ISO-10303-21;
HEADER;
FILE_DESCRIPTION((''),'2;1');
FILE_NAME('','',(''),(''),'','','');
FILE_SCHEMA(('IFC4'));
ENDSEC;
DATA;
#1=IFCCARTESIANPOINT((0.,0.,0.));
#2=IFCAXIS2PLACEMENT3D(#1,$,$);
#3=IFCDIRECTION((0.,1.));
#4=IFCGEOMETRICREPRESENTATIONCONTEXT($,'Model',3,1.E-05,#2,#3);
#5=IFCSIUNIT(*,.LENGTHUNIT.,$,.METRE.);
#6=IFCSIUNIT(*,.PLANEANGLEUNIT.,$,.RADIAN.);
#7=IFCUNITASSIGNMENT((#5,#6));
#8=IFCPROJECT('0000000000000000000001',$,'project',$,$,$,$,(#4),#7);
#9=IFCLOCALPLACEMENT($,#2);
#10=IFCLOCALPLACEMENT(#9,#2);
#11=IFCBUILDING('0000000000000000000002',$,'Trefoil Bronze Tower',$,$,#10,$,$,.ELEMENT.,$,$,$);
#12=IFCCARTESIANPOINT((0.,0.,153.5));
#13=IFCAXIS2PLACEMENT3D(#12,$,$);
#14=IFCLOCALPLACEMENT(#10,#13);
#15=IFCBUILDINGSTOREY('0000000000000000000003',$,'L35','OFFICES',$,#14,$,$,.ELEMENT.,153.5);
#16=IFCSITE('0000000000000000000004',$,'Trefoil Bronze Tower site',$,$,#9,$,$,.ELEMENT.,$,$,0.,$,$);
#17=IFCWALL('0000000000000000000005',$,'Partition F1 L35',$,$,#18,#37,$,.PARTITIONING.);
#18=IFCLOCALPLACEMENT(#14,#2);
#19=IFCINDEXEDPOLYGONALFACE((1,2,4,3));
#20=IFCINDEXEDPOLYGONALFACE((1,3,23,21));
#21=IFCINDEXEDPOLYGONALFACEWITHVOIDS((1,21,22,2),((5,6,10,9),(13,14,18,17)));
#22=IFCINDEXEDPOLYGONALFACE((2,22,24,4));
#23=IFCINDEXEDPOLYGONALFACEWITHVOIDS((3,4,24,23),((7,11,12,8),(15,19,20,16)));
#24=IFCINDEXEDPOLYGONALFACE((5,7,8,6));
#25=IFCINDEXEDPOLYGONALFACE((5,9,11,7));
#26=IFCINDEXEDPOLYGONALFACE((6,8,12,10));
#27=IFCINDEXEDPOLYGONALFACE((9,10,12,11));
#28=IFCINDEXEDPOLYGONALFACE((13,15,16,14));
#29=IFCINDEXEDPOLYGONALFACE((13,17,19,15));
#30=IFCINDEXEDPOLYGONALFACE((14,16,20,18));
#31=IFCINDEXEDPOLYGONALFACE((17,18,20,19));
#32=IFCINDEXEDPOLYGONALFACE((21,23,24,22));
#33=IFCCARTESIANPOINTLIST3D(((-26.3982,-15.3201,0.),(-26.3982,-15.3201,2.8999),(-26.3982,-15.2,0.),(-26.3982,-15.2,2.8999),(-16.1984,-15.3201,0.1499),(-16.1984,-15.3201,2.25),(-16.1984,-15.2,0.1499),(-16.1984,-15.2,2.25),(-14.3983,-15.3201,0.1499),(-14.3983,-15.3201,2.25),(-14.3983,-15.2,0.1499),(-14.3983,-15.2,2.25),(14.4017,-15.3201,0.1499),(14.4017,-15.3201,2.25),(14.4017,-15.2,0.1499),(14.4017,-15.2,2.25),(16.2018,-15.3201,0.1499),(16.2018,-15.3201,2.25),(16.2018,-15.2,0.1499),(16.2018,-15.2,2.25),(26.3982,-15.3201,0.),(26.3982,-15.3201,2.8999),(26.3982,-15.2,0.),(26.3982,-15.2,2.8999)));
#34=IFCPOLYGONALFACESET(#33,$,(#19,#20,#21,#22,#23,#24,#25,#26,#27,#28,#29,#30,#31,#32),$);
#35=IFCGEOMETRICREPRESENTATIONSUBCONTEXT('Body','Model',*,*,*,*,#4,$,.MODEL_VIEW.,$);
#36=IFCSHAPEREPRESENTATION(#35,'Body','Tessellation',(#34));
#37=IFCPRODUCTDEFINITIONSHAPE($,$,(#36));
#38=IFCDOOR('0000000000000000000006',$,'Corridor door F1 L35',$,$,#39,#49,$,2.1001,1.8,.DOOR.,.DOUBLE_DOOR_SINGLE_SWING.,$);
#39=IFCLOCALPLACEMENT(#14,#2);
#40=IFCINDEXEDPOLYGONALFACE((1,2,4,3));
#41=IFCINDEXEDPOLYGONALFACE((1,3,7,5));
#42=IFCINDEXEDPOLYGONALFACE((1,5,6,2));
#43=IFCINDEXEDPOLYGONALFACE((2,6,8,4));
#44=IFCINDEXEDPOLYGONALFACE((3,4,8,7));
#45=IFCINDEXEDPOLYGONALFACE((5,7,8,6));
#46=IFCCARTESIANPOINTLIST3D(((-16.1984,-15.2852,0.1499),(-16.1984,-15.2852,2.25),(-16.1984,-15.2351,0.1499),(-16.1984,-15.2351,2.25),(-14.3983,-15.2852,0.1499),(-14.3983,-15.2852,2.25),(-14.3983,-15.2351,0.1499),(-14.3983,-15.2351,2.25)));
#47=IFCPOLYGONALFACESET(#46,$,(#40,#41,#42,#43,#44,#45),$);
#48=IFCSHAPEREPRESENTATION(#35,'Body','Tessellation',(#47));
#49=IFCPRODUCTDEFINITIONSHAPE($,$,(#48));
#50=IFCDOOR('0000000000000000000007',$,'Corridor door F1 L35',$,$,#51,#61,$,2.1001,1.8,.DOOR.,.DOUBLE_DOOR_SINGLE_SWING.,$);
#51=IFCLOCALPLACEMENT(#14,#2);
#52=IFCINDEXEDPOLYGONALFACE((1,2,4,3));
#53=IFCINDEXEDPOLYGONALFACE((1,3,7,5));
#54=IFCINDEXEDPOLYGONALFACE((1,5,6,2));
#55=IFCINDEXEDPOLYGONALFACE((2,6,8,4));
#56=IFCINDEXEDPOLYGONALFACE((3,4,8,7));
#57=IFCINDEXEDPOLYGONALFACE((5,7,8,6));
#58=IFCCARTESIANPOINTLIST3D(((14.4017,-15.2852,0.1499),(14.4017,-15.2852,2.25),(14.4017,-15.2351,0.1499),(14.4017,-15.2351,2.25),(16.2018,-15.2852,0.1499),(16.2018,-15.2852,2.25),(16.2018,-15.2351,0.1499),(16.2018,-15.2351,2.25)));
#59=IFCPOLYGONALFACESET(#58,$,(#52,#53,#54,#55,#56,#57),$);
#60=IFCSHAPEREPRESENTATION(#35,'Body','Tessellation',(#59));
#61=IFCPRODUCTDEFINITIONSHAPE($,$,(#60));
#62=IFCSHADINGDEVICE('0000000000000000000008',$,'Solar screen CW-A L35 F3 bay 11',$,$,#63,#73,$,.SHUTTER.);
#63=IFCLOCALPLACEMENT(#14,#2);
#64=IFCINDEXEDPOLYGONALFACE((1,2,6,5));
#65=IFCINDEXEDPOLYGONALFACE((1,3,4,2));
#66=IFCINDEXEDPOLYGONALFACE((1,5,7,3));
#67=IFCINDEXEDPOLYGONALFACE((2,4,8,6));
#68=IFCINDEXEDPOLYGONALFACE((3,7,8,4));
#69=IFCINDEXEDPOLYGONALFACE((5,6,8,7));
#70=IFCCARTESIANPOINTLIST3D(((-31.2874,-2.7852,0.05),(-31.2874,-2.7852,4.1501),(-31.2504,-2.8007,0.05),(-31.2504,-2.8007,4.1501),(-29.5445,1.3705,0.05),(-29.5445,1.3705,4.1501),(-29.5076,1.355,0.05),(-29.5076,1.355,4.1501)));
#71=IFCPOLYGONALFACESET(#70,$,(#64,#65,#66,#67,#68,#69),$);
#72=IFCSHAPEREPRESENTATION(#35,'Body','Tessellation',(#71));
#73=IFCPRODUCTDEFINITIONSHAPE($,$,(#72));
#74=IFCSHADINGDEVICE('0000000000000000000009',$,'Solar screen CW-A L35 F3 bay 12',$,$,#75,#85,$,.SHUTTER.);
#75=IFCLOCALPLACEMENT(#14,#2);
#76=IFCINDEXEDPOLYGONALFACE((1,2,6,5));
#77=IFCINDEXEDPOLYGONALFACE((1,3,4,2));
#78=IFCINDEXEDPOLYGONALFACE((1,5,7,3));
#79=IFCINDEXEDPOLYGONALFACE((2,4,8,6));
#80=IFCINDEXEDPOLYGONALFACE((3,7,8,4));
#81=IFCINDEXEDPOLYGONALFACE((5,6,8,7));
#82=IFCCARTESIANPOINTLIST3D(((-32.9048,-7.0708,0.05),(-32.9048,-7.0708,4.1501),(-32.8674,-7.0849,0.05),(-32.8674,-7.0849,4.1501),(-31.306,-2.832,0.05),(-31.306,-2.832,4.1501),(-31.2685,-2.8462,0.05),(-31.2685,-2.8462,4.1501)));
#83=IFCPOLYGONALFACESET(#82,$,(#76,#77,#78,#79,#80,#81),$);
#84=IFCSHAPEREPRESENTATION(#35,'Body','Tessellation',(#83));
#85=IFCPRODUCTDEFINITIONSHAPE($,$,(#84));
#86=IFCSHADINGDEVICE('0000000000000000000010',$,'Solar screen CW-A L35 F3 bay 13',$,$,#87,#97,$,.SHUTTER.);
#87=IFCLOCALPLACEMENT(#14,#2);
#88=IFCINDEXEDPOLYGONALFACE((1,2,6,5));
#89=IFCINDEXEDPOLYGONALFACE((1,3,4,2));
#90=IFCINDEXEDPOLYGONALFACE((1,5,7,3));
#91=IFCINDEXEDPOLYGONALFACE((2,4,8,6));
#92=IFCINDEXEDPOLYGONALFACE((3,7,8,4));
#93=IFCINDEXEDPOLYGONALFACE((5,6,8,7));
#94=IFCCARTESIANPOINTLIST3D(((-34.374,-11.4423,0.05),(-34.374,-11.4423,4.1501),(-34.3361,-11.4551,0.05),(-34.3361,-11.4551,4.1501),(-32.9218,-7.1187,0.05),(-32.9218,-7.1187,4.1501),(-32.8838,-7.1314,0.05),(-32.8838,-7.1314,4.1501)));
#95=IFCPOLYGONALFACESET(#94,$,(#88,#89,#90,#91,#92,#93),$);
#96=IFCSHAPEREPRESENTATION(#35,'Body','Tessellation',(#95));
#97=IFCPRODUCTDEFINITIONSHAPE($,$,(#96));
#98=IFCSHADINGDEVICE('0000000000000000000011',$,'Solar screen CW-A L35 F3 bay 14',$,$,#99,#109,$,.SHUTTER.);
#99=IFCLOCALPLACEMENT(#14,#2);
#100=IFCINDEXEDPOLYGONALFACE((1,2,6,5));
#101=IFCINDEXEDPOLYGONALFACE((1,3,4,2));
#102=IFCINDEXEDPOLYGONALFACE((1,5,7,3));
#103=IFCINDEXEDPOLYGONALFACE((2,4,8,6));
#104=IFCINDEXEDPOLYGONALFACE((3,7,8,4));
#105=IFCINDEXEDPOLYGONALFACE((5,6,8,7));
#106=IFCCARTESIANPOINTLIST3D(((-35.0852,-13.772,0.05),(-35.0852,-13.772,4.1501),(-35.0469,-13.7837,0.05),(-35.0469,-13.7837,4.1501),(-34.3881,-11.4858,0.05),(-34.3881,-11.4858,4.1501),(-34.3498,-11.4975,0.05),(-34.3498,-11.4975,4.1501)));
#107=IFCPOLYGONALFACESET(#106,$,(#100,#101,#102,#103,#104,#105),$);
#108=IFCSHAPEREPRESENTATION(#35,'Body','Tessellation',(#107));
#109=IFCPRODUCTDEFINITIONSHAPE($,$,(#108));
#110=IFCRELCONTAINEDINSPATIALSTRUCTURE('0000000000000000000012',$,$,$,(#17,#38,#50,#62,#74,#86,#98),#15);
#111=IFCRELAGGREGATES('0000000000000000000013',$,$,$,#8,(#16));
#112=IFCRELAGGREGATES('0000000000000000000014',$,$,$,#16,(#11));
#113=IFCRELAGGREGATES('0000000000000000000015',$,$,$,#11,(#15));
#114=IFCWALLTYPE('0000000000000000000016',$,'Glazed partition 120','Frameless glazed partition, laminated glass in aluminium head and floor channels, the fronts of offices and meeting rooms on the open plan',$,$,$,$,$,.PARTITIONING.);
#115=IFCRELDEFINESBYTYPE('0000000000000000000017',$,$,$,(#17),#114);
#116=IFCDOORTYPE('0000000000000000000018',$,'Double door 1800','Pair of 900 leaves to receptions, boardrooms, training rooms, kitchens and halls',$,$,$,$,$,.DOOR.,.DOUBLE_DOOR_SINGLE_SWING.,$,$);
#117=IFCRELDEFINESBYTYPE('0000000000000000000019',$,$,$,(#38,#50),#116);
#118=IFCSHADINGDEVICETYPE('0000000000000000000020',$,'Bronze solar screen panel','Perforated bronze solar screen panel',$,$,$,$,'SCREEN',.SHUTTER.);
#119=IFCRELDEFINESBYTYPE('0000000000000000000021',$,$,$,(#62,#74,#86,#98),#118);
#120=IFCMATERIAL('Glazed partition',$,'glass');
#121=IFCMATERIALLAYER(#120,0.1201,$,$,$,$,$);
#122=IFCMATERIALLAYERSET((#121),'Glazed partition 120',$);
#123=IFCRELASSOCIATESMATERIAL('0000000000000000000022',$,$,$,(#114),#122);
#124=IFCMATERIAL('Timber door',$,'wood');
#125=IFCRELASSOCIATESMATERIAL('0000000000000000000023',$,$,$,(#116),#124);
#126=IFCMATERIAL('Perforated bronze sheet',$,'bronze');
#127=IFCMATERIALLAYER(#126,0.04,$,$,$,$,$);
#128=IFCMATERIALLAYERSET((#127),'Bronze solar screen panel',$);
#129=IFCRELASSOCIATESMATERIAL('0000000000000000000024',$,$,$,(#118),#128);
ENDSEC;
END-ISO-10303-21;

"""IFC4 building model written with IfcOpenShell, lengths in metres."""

from ifc_helpers import new_model, si_unit, direction, frame, frame_2d, origin, origin_2d, place, context, subcontext, project, spatial, rectangle, extrude, material, layer, layer_set, type_object, element, fill, save


model = new_model("IFC4")

# Units and contexts
model_context = context("Model", 3, precision=1e-05, world=origin(), true_north=direction((0.0, 1.0)))
body_context = subcontext(model_context, "Body", "Model", "MODEL_VIEW")
ifc_project = project(units=[si_unit("LENGTHUNIT", "METRE"), si_unit("PLANEANGLEUNIT", "RADIAN")], contexts=[model_context])

# Site, building, storey
site_placement = place(None, origin())
site = spatial("IfcSite", under=ifc_project, at=site_placement, Name="Trefoil Bronze Tower site", CompositionType="ELEMENT", RefElevation=0.0)
building_placement = place(site_placement, origin())
building = spatial("IfcBuilding", under=site, at=building_placement, Name="Trefoil Bronze Tower", CompositionType="ELEMENT")
storey_placement = place(building_placement, frame((0.0, 0.0, 153.5)))
storey = spatial("IfcBuildingStorey", under=building, at=storey_placement, Name="L35", Description="OFFICES", CompositionType="ELEMENT", Elevation=153.5)

# Wall, openings, doors
ifc_material_1 = material(Name="Glazed partition", Category="glass")
ifc_layer_1 = layer(ifc_material_1, 0.1201)
ifc_layer_set_1 = layer_set([ifc_layer_1], Name="Glazed partition 120")
wall_type_1 = type_object("IfcWallType", Name="Glazed partition 120", Description="Frameless glazed partition, laminated glass in aluminium head and floor channels, the fronts of offices and meeting rooms on the open plan", PredefinedType="PARTITIONING", material=ifc_layer_set_1)
wall_1_placement = place(storey_placement, frame((-26.3982, -15.26, 0.0), z_axis=(0.0, 0.0, 1.0), x_axis=(1.0, 0.0, 0.0)))
wall_1 = element("IfcWall", 1, at=wall_1_placement, inside=storey, type_object=wall_type_1, Name="Partition F1 L35", PredefinedType="PARTITIONING", context=body_context, shape_type="SweptSolid", body=[
    extrude(rectangle(XDim=52.7964, YDim=0.1201, at=frame_2d((26.3982, 0.0))), origin(), (0.0, 0.0, 1.0), 2.8999),
])
opening_1_placement = place(wall_1_placement, frame((10.2, 0.0, 0.1499)))
opening_1 = element("IfcOpeningElement", 2, at=opening_1_placement, cuts=wall_1, PredefinedType="OPENING", context=body_context, shape_type="SweptSolid", body=[
    extrude(rectangle(XDim=1.8, YDim=2.1001, at=frame_2d((0.8999, 1.05))), frame((0.0, 0.0701, 0.0), z_axis=(0.0, -1.0, 0.0), x_axis=(1.0, 0.0, 0.0)), (0.0, 0.0, 1.0), 0.1401),
])
opening_2_placement = place(wall_1_placement, frame((40.8, 0.0, 0.1499)))
opening_2 = element("IfcOpeningElement", 3, at=opening_2_placement, cuts=wall_1, PredefinedType="OPENING", context=body_context, shape_type="SweptSolid", body=[
    extrude(rectangle(XDim=1.8, YDim=2.1001, at=frame_2d((0.8999, 1.05))), frame((0.0, 0.0701, 0.0), z_axis=(0.0, -1.0, 0.0), x_axis=(1.0, 0.0, 0.0)), (0.0, 0.0, 1.0), 0.1401),
])
ifc_material_2 = material(Name="Timber door", Category="wood")
door_type = type_object("IfcDoorType", Name="Double door 1800", Description="Pair of 900 leaves to receptions, boardrooms, training rooms, kitchens and halls", OperationType="DOUBLE_DOOR_SINGLE_SWING", PredefinedType="DOOR", material=ifc_material_2)
door_1_placement = place(opening_1_placement, origin())
door_1 = element("IfcDoor", 4, at=door_1_placement, inside=storey, type_object=door_type, Name="Corridor door F1 L35", OperationType="DOUBLE_DOOR_SINGLE_SWING", OverallHeight=2.1001, OverallWidth=1.8, PredefinedType="DOOR", context=body_context, shape_type="SweptSolid", body=[
    extrude(rectangle(XDim=1.8, YDim=2.1001, at=frame_2d((0.8999, 1.05))), frame((0.0, 0.0249, 0.0), z_axis=(0.0, -1.0, 0.0), x_axis=(1.0, 0.0, 0.0)), (0.0, 0.0, 1.0), 0.05),
])
fill(opening_1, door_1)
door_2_placement = place(opening_2_placement, origin())
door_2 = element("IfcDoor", 5, at=door_2_placement, inside=storey, type_object=door_type, Name="Corridor door F1 L35", OperationType="DOUBLE_DOOR_SINGLE_SWING", OverallHeight=2.1001, OverallWidth=1.8, PredefinedType="DOOR", context=body_context, shape_type="SweptSolid", body=[
    extrude(rectangle(XDim=1.8, YDim=2.1001, at=frame_2d((0.8999, 1.05))), frame((0.0, 0.0249, 0.0), z_axis=(0.0, -1.0, 0.0), x_axis=(1.0, 0.0, 0.0)), (0.0, 0.0, 1.0), 0.05),
])
fill(opening_2, door_2)

# Shading devices
ifc_material_3 = material(Name="Perforated bronze sheet", Category="bronze")
ifc_layer_2 = layer(ifc_material_3, 0.04)
ifc_layer_set_2 = layer_set([ifc_layer_2], Name="Bronze solar screen panel")
shading_device_type = type_object("IfcShadingDeviceType", Name="Bronze solar screen panel", Description="Perforated bronze solar screen panel", ElementType="SCREEN", PredefinedType="SHUTTER", material=ifc_layer_set_2)
shading_device_1_placement = place(storey_placement, frame((-30.3975, -0.7151, 0.05), z_axis=(0.0, 0.0, 1.0), x_axis=(-0.386759, -0.922181, 0.0)))
element("IfcShadingDevice", 6, at=shading_device_1_placement, inside=storey, type_object=shading_device_type, Name="Solar screen CW-A L35 F3 bay 11", PredefinedType="SHUTTER", context=body_context, shape_type="SweptSolid", body=[
    extrude(rectangle(XDim=4.5063, YDim=0.04, at=origin_2d()), origin(), (0.0, 0.0, 1.0), 4.1001),
])
shading_device_2_placement = place(storey_placement, frame((-32.0867, -4.9585, 0.05), z_axis=(0.0, 0.0, 1.0), x_axis=(-0.35292, -0.935654, 0.0)))
element("IfcShadingDevice", 7, at=shading_device_2_placement, inside=storey, type_object=shading_device_type, Name="Solar screen CW-A L35 F3 bay 12", PredefinedType="SHUTTER", context=body_context, shape_type="SweptSolid", body=[
    extrude(rectangle(XDim=4.5303, YDim=0.04, at=origin_2d()), origin(), (0.0, 0.0, 1.0), 4.1001),
])
shading_device_3_placement = place(storey_placement, frame((-33.6289, -9.2869, 0.05), z_axis=(0.0, 0.0, 1.0), x_axis=(-0.318404, -0.947955, 0.0)))
element("IfcShadingDevice", 8, at=shading_device_3_placement, inside=storey, type_object=shading_device_type, Name="Solar screen CW-A L35 F3 bay 13", PredefinedType="SHUTTER", context=body_context, shape_type="SweptSolid", body=[
    extrude(rectangle(XDim=4.561, YDim=0.04, at=origin_2d()), origin(), (0.0, 0.0, 1.0), 4.1001),
])
shading_device_4_placement = place(storey_placement, frame((-34.7175, -12.6348, 0.05), z_axis=(0.0, 0.0, 1.0), x_axis=(-0.291669, -0.956519, 0.0)))
element("IfcShadingDevice", 9, at=shading_device_4_placement, inside=storey, type_object=shading_device_type, Name="Solar screen CW-A L35 F3 bay 14", PredefinedType="SHUTTER", context=body_context, shape_type="SweptSolid", body=[
    extrude(rectangle(XDim=2.3901, YDim=0.04, at=origin_2d()), origin(), (0.0, 0.0, 1.0), 4.1001),
])

save(model, "model.ifc")
